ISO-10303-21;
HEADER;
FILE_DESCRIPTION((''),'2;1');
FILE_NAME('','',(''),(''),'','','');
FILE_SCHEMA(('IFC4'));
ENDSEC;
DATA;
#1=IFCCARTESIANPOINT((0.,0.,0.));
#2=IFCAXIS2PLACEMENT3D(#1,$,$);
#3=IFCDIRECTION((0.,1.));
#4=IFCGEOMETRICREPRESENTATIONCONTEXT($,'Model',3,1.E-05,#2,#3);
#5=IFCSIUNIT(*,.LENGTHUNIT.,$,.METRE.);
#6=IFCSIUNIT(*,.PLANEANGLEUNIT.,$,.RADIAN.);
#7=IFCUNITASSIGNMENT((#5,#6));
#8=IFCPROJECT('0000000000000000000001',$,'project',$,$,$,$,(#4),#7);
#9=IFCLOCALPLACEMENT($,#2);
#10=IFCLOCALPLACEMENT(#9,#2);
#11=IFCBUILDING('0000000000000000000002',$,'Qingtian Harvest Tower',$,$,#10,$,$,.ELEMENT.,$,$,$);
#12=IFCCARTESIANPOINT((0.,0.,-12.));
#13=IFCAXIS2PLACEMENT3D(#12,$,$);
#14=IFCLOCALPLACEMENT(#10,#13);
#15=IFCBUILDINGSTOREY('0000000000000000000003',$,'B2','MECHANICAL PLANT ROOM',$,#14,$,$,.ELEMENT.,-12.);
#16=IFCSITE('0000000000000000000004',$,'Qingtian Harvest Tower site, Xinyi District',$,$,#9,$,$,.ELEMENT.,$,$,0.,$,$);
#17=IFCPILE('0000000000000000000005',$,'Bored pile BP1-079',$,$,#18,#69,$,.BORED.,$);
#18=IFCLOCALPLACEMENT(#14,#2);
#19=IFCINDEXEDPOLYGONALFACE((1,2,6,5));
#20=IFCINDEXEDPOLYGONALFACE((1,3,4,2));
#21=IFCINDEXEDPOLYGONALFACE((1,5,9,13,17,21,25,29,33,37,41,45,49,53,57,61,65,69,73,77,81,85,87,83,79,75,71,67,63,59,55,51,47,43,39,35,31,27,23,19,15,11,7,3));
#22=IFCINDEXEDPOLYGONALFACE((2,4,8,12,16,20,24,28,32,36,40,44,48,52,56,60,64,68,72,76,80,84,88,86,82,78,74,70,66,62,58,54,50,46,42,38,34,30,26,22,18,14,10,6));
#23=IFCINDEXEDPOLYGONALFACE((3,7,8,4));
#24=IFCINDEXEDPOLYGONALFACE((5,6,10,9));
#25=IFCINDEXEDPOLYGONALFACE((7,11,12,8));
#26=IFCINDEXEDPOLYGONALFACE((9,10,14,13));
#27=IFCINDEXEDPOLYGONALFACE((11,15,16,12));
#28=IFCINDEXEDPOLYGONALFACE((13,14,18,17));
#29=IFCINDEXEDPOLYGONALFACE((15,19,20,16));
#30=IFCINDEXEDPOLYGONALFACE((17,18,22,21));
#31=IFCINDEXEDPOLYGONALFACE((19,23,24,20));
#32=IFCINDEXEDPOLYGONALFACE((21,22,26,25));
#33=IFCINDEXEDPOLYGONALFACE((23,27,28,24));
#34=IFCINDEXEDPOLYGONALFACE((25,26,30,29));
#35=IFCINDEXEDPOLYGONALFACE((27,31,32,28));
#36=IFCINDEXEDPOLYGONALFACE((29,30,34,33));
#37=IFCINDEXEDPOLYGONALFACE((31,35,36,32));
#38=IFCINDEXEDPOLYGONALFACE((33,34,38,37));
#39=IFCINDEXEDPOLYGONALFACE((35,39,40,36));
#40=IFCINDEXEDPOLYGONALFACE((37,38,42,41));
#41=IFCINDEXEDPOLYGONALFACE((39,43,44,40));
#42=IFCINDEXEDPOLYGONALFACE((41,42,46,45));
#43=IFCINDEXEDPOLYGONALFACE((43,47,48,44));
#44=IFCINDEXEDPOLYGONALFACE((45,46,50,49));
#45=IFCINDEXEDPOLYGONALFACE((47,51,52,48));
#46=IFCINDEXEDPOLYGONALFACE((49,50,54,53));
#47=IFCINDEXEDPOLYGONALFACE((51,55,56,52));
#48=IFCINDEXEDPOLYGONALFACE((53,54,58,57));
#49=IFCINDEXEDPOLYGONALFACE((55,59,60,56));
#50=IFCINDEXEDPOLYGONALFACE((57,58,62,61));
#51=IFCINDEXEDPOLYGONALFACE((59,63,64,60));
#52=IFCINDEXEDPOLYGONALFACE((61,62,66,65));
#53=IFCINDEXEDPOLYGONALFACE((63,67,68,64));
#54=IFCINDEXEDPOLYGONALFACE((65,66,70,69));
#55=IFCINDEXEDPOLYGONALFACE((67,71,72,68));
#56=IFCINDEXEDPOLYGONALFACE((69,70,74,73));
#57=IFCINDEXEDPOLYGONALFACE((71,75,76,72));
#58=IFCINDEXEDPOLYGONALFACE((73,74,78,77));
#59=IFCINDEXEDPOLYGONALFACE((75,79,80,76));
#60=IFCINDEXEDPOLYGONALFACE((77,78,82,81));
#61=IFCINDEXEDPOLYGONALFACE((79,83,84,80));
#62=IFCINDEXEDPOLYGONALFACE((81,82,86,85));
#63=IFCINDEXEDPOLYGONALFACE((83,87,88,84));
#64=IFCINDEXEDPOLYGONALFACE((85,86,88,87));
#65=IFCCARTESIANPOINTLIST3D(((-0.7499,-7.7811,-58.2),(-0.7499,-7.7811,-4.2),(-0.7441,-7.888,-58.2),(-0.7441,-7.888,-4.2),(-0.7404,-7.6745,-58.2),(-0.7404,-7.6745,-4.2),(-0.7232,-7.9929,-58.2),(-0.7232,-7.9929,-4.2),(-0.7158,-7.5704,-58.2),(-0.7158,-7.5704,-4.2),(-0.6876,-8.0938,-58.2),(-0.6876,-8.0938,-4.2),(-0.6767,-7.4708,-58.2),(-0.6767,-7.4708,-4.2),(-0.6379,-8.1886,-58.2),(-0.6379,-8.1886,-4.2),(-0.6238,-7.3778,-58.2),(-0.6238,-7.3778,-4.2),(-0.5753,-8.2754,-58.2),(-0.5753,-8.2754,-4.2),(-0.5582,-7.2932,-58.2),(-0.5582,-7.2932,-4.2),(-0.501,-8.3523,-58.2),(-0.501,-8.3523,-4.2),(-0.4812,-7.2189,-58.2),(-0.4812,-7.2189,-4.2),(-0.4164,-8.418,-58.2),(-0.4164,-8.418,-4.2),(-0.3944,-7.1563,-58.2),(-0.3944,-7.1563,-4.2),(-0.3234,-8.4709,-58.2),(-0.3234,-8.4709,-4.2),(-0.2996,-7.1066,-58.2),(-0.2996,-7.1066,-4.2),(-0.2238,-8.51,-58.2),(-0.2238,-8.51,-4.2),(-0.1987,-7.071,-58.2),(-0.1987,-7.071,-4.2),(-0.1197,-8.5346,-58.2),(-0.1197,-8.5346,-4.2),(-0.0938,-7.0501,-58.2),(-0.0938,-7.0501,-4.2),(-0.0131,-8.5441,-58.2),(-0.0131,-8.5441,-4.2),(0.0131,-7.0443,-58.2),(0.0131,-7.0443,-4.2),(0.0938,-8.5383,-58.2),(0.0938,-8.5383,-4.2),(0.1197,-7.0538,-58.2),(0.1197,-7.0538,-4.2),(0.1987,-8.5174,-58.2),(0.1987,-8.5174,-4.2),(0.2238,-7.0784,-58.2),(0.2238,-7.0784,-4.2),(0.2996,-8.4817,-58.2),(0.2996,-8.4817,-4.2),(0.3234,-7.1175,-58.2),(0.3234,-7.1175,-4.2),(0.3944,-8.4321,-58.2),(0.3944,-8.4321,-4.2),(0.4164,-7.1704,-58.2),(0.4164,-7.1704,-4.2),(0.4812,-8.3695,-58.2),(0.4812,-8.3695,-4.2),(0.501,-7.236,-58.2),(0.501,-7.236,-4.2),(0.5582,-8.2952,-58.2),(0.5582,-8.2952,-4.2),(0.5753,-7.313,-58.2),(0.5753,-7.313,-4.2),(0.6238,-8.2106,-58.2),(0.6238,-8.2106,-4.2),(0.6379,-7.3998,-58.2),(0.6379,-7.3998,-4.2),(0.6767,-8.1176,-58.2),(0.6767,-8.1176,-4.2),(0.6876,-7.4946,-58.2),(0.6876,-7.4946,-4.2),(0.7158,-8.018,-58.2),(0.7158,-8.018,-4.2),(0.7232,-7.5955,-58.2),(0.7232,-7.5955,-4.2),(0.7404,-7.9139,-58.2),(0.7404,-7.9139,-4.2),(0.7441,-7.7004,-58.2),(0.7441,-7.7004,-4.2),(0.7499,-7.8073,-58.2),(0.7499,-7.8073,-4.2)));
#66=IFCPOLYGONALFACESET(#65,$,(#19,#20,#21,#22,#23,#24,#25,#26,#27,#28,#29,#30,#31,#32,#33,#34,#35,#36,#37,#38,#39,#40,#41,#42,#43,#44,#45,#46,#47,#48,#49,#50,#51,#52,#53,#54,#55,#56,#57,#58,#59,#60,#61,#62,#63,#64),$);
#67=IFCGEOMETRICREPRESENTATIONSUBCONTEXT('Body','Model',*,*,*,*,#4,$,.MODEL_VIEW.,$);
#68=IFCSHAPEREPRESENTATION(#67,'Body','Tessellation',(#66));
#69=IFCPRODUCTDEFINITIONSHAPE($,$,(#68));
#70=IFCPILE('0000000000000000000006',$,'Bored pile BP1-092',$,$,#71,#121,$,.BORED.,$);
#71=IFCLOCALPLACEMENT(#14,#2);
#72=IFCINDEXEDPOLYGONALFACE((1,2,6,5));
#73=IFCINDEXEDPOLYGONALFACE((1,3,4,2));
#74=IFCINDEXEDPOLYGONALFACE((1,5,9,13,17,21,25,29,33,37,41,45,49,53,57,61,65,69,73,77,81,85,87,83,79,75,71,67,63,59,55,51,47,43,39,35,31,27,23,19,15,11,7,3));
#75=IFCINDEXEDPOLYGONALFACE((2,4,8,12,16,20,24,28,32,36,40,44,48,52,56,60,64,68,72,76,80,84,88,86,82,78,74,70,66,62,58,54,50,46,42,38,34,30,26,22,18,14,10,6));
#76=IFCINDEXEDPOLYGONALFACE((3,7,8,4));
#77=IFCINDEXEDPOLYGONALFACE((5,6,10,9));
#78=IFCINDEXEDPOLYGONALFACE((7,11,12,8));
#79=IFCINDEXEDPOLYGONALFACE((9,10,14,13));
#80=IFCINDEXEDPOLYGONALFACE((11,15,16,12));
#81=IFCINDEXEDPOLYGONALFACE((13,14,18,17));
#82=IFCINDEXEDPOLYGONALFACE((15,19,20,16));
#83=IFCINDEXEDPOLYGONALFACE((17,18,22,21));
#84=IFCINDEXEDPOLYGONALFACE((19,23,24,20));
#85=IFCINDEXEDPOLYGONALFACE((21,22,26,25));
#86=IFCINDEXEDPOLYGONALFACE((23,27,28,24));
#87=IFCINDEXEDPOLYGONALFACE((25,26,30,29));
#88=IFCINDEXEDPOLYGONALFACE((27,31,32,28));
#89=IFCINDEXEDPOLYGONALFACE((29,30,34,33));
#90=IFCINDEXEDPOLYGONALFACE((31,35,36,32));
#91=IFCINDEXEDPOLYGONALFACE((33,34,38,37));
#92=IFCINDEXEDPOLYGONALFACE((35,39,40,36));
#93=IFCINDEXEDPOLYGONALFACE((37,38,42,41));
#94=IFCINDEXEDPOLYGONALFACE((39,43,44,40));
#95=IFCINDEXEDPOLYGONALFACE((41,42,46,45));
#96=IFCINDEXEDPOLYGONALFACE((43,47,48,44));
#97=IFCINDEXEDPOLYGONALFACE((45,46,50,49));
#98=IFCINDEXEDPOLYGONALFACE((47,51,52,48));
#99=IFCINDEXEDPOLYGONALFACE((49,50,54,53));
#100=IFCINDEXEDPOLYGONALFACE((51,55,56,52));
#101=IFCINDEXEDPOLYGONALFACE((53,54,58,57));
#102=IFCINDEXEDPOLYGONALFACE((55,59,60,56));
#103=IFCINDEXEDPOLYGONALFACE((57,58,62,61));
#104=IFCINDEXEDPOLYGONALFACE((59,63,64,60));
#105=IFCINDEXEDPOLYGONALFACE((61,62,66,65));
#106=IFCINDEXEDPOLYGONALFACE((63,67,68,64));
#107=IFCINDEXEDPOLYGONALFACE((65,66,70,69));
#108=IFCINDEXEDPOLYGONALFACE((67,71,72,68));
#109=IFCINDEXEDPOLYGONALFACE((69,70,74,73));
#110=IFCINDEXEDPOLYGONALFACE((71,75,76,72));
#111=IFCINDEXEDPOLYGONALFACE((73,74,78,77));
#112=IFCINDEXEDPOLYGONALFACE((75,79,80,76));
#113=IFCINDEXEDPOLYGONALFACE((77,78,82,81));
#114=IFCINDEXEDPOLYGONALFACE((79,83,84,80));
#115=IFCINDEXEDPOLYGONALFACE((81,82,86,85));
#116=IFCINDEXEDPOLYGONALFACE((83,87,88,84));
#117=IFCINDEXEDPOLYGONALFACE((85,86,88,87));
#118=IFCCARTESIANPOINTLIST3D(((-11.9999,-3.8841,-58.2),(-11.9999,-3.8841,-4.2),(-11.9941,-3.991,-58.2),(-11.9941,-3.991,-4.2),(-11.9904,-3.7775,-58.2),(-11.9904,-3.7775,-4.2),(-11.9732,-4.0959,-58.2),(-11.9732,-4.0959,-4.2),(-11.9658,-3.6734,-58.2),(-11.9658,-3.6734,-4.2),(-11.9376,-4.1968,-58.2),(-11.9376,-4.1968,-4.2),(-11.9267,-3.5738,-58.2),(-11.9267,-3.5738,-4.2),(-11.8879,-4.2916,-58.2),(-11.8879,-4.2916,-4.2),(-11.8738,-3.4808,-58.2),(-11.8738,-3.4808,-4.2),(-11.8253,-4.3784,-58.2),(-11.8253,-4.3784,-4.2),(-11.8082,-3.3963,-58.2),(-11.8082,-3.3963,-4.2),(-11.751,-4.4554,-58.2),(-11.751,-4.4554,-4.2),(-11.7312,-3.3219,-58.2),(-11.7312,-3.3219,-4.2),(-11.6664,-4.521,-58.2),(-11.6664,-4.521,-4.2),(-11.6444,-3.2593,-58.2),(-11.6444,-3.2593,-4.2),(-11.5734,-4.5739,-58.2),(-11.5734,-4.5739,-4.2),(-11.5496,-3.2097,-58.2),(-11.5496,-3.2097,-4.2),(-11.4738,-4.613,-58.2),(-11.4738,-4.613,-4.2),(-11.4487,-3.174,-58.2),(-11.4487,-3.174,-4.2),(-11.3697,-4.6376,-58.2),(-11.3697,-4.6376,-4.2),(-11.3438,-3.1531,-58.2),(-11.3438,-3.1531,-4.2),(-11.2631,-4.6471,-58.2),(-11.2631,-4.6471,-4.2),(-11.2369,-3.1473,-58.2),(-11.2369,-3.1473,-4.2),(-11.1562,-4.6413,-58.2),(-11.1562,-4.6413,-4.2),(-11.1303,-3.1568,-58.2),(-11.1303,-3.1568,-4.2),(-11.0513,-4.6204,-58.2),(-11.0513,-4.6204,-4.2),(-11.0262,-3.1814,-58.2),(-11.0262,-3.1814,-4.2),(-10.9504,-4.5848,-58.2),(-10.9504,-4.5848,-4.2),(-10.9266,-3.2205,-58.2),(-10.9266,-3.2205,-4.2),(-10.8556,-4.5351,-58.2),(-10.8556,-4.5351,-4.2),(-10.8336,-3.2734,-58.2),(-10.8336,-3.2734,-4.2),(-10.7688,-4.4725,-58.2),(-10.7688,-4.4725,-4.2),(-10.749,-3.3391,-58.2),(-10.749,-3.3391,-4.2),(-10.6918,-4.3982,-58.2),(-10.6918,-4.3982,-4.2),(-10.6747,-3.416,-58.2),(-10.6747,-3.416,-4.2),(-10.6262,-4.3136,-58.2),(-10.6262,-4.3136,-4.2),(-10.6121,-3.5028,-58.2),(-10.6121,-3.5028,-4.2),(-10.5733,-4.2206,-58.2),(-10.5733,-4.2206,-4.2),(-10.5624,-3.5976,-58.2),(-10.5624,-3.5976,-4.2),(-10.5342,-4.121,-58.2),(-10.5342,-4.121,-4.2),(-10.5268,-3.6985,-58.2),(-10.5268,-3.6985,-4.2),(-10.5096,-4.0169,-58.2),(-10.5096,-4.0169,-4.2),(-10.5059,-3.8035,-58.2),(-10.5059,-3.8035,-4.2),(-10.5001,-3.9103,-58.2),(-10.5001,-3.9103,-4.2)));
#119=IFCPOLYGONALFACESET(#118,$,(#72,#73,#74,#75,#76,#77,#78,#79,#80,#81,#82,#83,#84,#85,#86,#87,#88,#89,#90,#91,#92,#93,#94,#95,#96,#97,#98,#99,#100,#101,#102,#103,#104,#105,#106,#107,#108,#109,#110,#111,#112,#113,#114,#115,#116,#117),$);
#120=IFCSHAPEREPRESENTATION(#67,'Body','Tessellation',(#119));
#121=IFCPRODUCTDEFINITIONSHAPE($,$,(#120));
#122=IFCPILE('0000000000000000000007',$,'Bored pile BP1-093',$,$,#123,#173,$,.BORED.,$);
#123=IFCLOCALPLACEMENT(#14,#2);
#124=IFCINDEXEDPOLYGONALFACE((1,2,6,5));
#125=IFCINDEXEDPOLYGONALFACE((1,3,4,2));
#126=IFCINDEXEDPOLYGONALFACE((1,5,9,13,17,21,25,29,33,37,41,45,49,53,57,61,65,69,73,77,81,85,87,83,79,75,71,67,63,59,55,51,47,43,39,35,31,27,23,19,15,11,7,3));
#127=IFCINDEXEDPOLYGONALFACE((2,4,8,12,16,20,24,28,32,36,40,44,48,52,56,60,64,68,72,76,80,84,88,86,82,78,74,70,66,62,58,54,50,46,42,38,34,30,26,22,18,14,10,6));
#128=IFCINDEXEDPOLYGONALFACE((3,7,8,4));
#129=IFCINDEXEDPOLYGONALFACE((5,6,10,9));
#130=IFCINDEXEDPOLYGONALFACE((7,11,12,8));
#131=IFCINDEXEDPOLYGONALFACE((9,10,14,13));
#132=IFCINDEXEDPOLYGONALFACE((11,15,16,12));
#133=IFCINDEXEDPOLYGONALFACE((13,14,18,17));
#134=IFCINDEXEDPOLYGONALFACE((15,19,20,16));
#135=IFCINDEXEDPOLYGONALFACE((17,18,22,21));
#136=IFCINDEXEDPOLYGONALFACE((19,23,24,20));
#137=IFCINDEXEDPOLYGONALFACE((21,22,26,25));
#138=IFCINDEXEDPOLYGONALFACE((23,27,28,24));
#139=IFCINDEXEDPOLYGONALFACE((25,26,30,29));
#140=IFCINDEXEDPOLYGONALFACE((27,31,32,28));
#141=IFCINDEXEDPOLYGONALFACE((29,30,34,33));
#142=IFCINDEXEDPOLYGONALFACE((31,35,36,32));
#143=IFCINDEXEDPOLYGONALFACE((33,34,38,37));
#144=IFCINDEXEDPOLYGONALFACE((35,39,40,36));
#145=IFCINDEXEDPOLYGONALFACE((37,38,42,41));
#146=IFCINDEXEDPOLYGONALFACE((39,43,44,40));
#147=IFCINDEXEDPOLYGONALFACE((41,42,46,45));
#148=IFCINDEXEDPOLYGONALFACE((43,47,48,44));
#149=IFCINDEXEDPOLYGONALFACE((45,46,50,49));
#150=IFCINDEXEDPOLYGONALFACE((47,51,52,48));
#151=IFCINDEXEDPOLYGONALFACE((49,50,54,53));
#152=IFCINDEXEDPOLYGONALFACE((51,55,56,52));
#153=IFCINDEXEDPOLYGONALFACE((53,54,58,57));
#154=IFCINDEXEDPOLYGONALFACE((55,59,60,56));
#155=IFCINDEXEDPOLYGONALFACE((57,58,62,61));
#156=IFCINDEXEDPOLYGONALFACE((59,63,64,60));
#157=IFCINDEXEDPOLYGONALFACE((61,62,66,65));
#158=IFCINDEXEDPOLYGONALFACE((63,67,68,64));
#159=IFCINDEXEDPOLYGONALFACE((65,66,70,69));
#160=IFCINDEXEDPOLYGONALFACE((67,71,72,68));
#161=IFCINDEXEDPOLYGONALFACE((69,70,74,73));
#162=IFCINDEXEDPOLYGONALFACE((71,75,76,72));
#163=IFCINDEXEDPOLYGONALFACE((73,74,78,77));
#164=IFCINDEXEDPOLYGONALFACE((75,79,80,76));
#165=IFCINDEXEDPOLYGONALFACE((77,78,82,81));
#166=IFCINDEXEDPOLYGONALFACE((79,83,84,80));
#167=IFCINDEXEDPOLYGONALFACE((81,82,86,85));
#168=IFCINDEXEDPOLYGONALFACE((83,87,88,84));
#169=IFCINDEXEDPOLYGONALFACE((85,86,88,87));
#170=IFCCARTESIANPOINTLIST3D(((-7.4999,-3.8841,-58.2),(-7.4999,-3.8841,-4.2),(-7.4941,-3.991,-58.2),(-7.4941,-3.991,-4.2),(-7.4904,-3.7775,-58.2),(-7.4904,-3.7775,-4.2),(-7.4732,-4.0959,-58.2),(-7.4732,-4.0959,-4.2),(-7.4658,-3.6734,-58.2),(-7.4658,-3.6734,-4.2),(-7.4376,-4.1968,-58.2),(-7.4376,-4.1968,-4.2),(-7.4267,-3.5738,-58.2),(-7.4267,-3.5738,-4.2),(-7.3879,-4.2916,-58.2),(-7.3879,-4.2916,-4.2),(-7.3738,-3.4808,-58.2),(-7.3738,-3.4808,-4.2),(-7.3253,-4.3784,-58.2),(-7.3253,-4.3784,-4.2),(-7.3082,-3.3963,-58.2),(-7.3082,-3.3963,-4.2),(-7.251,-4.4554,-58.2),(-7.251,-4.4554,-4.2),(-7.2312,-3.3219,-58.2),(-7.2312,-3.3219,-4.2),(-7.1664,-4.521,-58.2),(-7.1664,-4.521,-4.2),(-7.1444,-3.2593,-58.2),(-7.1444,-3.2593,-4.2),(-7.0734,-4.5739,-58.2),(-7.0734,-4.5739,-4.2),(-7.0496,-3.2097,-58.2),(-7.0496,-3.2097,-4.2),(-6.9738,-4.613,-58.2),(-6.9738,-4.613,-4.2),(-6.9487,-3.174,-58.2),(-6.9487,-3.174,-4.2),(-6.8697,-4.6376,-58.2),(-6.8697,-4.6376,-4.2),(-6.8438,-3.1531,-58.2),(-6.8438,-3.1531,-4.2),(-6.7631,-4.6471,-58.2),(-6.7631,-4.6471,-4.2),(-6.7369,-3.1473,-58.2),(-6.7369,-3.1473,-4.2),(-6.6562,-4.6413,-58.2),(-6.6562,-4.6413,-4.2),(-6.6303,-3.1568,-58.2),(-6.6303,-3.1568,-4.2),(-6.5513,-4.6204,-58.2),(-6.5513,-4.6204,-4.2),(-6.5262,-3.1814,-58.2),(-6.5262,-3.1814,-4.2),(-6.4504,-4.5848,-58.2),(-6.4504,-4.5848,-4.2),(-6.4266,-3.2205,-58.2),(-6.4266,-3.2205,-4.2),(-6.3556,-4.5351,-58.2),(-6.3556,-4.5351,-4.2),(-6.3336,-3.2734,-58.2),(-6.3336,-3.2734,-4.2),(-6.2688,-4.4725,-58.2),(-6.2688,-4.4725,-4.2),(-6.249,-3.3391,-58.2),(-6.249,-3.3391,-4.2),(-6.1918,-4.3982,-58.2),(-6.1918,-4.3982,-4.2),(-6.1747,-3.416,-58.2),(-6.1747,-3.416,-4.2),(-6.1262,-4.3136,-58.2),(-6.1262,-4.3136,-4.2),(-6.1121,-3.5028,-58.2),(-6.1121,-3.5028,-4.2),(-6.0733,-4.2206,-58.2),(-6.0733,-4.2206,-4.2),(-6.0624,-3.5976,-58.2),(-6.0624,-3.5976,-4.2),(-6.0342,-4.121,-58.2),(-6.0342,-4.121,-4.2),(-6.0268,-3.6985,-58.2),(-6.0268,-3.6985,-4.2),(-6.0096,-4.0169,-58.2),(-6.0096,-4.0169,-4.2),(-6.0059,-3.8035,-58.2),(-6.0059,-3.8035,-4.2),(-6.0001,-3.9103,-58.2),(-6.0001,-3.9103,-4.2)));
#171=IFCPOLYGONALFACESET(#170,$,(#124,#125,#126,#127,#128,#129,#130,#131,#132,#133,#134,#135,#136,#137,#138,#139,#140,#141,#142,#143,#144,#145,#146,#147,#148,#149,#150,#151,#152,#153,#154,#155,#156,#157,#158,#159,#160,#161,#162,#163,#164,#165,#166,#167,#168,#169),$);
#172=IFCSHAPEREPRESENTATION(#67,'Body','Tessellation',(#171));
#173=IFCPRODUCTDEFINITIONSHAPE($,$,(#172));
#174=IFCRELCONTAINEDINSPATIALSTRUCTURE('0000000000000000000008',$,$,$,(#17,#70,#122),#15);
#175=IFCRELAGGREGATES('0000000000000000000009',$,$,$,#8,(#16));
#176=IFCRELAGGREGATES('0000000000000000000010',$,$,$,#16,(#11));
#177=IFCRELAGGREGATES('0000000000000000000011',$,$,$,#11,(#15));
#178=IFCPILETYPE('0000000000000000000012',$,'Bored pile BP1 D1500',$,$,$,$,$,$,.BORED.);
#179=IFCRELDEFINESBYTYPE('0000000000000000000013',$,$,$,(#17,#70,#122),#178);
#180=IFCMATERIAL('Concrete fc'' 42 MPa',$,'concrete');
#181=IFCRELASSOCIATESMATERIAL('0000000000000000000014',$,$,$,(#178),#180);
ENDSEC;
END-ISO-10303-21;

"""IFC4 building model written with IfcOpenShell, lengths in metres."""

from ifc_helpers import new_model, si_unit, direction, frame, frame_2d, origin, place, context, subcontext, project, spatial, circle, extrude, material, material_profile, profile_set, type_object, element, save


model = new_model("IFC4")

# Units and contexts
model_context = context("Model", 3, precision=1e-05, world=origin(), true_north=direction((0.0, 1.0)))
body_context = subcontext(model_context, "Body", "Model", "MODEL_VIEW")
ifc_project = project(units=[si_unit("LENGTHUNIT", "METRE"), si_unit("PLANEANGLEUNIT", "RADIAN")], contexts=[model_context])

# Site, building, storey
site_placement = place(None, origin())
site = spatial("IfcSite", under=ifc_project, at=site_placement, Name="Qingtian Harvest Tower site, Xinyi District", CompositionType="ELEMENT", RefElevation=0.0)
building_placement = place(site_placement, origin())
building = spatial("IfcBuilding", under=site, at=building_placement, Name="Qingtian Harvest Tower", CompositionType="ELEMENT")
storey_placement = place(building_placement, frame((0.0, 0.0, -12.0)))
storey = spatial("IfcBuildingStorey", under=building, at=storey_placement, Name="B2", Description="MECHANICAL PLANT ROOM", CompositionType="ELEMENT", Elevation=-12.0)

# Piles
ifc_material_1 = material(Name="Concrete fc' 42 MPa", Category="concrete")
ifc_material_profile = material_profile(ifc_material_1, circle(Radius=0.75, at=frame_2d((0.0, 0.0), x_axis=(0.999848, 0.017452))), Name="Bored pile BP1 D1500")
ifc_profile_set = profile_set([ifc_material_profile], Name="Concrete fc' 42 MPa")
pile_type = type_object("IfcPileType", Name="Bored pile BP1 D1500", PredefinedType="BORED", material=ifc_profile_set)
for number, where, z_axis, x_axis, name in (
    (1, (0.0, -7.7942, -4.2), (0.0, 0.0, -1.0), (1.0, 0.0, 0.0), "Bored pile BP1-079"),
    (2, (-11.25, -3.8972, -4.2), (0.0, 0.0, -1.0), (1.0, 0.0, 0.0), "Bored pile BP1-092"),
    (3, (-6.75, -3.8972, -4.2), (0.0, 0.0, -1.0), (1.0, 0.0, 0.0), "Bored pile BP1-093"),
):
    element("IfcPile", number, at=place(storey_placement, frame(where, z_axis=z_axis, x_axis=x_axis)), inside=storey, type_object=pile_type, Name=name, PredefinedType="BORED", context=body_context, shape_type="SweptSolid", body=[
        extrude(circle(Radius=0.75, at=frame_2d((0.0, 0.0), x_axis=(0.999848, 0.017452))), origin(), (0.0, 0.0, 1.0), 54.0),
    ])

save(model, "model.ifc")
